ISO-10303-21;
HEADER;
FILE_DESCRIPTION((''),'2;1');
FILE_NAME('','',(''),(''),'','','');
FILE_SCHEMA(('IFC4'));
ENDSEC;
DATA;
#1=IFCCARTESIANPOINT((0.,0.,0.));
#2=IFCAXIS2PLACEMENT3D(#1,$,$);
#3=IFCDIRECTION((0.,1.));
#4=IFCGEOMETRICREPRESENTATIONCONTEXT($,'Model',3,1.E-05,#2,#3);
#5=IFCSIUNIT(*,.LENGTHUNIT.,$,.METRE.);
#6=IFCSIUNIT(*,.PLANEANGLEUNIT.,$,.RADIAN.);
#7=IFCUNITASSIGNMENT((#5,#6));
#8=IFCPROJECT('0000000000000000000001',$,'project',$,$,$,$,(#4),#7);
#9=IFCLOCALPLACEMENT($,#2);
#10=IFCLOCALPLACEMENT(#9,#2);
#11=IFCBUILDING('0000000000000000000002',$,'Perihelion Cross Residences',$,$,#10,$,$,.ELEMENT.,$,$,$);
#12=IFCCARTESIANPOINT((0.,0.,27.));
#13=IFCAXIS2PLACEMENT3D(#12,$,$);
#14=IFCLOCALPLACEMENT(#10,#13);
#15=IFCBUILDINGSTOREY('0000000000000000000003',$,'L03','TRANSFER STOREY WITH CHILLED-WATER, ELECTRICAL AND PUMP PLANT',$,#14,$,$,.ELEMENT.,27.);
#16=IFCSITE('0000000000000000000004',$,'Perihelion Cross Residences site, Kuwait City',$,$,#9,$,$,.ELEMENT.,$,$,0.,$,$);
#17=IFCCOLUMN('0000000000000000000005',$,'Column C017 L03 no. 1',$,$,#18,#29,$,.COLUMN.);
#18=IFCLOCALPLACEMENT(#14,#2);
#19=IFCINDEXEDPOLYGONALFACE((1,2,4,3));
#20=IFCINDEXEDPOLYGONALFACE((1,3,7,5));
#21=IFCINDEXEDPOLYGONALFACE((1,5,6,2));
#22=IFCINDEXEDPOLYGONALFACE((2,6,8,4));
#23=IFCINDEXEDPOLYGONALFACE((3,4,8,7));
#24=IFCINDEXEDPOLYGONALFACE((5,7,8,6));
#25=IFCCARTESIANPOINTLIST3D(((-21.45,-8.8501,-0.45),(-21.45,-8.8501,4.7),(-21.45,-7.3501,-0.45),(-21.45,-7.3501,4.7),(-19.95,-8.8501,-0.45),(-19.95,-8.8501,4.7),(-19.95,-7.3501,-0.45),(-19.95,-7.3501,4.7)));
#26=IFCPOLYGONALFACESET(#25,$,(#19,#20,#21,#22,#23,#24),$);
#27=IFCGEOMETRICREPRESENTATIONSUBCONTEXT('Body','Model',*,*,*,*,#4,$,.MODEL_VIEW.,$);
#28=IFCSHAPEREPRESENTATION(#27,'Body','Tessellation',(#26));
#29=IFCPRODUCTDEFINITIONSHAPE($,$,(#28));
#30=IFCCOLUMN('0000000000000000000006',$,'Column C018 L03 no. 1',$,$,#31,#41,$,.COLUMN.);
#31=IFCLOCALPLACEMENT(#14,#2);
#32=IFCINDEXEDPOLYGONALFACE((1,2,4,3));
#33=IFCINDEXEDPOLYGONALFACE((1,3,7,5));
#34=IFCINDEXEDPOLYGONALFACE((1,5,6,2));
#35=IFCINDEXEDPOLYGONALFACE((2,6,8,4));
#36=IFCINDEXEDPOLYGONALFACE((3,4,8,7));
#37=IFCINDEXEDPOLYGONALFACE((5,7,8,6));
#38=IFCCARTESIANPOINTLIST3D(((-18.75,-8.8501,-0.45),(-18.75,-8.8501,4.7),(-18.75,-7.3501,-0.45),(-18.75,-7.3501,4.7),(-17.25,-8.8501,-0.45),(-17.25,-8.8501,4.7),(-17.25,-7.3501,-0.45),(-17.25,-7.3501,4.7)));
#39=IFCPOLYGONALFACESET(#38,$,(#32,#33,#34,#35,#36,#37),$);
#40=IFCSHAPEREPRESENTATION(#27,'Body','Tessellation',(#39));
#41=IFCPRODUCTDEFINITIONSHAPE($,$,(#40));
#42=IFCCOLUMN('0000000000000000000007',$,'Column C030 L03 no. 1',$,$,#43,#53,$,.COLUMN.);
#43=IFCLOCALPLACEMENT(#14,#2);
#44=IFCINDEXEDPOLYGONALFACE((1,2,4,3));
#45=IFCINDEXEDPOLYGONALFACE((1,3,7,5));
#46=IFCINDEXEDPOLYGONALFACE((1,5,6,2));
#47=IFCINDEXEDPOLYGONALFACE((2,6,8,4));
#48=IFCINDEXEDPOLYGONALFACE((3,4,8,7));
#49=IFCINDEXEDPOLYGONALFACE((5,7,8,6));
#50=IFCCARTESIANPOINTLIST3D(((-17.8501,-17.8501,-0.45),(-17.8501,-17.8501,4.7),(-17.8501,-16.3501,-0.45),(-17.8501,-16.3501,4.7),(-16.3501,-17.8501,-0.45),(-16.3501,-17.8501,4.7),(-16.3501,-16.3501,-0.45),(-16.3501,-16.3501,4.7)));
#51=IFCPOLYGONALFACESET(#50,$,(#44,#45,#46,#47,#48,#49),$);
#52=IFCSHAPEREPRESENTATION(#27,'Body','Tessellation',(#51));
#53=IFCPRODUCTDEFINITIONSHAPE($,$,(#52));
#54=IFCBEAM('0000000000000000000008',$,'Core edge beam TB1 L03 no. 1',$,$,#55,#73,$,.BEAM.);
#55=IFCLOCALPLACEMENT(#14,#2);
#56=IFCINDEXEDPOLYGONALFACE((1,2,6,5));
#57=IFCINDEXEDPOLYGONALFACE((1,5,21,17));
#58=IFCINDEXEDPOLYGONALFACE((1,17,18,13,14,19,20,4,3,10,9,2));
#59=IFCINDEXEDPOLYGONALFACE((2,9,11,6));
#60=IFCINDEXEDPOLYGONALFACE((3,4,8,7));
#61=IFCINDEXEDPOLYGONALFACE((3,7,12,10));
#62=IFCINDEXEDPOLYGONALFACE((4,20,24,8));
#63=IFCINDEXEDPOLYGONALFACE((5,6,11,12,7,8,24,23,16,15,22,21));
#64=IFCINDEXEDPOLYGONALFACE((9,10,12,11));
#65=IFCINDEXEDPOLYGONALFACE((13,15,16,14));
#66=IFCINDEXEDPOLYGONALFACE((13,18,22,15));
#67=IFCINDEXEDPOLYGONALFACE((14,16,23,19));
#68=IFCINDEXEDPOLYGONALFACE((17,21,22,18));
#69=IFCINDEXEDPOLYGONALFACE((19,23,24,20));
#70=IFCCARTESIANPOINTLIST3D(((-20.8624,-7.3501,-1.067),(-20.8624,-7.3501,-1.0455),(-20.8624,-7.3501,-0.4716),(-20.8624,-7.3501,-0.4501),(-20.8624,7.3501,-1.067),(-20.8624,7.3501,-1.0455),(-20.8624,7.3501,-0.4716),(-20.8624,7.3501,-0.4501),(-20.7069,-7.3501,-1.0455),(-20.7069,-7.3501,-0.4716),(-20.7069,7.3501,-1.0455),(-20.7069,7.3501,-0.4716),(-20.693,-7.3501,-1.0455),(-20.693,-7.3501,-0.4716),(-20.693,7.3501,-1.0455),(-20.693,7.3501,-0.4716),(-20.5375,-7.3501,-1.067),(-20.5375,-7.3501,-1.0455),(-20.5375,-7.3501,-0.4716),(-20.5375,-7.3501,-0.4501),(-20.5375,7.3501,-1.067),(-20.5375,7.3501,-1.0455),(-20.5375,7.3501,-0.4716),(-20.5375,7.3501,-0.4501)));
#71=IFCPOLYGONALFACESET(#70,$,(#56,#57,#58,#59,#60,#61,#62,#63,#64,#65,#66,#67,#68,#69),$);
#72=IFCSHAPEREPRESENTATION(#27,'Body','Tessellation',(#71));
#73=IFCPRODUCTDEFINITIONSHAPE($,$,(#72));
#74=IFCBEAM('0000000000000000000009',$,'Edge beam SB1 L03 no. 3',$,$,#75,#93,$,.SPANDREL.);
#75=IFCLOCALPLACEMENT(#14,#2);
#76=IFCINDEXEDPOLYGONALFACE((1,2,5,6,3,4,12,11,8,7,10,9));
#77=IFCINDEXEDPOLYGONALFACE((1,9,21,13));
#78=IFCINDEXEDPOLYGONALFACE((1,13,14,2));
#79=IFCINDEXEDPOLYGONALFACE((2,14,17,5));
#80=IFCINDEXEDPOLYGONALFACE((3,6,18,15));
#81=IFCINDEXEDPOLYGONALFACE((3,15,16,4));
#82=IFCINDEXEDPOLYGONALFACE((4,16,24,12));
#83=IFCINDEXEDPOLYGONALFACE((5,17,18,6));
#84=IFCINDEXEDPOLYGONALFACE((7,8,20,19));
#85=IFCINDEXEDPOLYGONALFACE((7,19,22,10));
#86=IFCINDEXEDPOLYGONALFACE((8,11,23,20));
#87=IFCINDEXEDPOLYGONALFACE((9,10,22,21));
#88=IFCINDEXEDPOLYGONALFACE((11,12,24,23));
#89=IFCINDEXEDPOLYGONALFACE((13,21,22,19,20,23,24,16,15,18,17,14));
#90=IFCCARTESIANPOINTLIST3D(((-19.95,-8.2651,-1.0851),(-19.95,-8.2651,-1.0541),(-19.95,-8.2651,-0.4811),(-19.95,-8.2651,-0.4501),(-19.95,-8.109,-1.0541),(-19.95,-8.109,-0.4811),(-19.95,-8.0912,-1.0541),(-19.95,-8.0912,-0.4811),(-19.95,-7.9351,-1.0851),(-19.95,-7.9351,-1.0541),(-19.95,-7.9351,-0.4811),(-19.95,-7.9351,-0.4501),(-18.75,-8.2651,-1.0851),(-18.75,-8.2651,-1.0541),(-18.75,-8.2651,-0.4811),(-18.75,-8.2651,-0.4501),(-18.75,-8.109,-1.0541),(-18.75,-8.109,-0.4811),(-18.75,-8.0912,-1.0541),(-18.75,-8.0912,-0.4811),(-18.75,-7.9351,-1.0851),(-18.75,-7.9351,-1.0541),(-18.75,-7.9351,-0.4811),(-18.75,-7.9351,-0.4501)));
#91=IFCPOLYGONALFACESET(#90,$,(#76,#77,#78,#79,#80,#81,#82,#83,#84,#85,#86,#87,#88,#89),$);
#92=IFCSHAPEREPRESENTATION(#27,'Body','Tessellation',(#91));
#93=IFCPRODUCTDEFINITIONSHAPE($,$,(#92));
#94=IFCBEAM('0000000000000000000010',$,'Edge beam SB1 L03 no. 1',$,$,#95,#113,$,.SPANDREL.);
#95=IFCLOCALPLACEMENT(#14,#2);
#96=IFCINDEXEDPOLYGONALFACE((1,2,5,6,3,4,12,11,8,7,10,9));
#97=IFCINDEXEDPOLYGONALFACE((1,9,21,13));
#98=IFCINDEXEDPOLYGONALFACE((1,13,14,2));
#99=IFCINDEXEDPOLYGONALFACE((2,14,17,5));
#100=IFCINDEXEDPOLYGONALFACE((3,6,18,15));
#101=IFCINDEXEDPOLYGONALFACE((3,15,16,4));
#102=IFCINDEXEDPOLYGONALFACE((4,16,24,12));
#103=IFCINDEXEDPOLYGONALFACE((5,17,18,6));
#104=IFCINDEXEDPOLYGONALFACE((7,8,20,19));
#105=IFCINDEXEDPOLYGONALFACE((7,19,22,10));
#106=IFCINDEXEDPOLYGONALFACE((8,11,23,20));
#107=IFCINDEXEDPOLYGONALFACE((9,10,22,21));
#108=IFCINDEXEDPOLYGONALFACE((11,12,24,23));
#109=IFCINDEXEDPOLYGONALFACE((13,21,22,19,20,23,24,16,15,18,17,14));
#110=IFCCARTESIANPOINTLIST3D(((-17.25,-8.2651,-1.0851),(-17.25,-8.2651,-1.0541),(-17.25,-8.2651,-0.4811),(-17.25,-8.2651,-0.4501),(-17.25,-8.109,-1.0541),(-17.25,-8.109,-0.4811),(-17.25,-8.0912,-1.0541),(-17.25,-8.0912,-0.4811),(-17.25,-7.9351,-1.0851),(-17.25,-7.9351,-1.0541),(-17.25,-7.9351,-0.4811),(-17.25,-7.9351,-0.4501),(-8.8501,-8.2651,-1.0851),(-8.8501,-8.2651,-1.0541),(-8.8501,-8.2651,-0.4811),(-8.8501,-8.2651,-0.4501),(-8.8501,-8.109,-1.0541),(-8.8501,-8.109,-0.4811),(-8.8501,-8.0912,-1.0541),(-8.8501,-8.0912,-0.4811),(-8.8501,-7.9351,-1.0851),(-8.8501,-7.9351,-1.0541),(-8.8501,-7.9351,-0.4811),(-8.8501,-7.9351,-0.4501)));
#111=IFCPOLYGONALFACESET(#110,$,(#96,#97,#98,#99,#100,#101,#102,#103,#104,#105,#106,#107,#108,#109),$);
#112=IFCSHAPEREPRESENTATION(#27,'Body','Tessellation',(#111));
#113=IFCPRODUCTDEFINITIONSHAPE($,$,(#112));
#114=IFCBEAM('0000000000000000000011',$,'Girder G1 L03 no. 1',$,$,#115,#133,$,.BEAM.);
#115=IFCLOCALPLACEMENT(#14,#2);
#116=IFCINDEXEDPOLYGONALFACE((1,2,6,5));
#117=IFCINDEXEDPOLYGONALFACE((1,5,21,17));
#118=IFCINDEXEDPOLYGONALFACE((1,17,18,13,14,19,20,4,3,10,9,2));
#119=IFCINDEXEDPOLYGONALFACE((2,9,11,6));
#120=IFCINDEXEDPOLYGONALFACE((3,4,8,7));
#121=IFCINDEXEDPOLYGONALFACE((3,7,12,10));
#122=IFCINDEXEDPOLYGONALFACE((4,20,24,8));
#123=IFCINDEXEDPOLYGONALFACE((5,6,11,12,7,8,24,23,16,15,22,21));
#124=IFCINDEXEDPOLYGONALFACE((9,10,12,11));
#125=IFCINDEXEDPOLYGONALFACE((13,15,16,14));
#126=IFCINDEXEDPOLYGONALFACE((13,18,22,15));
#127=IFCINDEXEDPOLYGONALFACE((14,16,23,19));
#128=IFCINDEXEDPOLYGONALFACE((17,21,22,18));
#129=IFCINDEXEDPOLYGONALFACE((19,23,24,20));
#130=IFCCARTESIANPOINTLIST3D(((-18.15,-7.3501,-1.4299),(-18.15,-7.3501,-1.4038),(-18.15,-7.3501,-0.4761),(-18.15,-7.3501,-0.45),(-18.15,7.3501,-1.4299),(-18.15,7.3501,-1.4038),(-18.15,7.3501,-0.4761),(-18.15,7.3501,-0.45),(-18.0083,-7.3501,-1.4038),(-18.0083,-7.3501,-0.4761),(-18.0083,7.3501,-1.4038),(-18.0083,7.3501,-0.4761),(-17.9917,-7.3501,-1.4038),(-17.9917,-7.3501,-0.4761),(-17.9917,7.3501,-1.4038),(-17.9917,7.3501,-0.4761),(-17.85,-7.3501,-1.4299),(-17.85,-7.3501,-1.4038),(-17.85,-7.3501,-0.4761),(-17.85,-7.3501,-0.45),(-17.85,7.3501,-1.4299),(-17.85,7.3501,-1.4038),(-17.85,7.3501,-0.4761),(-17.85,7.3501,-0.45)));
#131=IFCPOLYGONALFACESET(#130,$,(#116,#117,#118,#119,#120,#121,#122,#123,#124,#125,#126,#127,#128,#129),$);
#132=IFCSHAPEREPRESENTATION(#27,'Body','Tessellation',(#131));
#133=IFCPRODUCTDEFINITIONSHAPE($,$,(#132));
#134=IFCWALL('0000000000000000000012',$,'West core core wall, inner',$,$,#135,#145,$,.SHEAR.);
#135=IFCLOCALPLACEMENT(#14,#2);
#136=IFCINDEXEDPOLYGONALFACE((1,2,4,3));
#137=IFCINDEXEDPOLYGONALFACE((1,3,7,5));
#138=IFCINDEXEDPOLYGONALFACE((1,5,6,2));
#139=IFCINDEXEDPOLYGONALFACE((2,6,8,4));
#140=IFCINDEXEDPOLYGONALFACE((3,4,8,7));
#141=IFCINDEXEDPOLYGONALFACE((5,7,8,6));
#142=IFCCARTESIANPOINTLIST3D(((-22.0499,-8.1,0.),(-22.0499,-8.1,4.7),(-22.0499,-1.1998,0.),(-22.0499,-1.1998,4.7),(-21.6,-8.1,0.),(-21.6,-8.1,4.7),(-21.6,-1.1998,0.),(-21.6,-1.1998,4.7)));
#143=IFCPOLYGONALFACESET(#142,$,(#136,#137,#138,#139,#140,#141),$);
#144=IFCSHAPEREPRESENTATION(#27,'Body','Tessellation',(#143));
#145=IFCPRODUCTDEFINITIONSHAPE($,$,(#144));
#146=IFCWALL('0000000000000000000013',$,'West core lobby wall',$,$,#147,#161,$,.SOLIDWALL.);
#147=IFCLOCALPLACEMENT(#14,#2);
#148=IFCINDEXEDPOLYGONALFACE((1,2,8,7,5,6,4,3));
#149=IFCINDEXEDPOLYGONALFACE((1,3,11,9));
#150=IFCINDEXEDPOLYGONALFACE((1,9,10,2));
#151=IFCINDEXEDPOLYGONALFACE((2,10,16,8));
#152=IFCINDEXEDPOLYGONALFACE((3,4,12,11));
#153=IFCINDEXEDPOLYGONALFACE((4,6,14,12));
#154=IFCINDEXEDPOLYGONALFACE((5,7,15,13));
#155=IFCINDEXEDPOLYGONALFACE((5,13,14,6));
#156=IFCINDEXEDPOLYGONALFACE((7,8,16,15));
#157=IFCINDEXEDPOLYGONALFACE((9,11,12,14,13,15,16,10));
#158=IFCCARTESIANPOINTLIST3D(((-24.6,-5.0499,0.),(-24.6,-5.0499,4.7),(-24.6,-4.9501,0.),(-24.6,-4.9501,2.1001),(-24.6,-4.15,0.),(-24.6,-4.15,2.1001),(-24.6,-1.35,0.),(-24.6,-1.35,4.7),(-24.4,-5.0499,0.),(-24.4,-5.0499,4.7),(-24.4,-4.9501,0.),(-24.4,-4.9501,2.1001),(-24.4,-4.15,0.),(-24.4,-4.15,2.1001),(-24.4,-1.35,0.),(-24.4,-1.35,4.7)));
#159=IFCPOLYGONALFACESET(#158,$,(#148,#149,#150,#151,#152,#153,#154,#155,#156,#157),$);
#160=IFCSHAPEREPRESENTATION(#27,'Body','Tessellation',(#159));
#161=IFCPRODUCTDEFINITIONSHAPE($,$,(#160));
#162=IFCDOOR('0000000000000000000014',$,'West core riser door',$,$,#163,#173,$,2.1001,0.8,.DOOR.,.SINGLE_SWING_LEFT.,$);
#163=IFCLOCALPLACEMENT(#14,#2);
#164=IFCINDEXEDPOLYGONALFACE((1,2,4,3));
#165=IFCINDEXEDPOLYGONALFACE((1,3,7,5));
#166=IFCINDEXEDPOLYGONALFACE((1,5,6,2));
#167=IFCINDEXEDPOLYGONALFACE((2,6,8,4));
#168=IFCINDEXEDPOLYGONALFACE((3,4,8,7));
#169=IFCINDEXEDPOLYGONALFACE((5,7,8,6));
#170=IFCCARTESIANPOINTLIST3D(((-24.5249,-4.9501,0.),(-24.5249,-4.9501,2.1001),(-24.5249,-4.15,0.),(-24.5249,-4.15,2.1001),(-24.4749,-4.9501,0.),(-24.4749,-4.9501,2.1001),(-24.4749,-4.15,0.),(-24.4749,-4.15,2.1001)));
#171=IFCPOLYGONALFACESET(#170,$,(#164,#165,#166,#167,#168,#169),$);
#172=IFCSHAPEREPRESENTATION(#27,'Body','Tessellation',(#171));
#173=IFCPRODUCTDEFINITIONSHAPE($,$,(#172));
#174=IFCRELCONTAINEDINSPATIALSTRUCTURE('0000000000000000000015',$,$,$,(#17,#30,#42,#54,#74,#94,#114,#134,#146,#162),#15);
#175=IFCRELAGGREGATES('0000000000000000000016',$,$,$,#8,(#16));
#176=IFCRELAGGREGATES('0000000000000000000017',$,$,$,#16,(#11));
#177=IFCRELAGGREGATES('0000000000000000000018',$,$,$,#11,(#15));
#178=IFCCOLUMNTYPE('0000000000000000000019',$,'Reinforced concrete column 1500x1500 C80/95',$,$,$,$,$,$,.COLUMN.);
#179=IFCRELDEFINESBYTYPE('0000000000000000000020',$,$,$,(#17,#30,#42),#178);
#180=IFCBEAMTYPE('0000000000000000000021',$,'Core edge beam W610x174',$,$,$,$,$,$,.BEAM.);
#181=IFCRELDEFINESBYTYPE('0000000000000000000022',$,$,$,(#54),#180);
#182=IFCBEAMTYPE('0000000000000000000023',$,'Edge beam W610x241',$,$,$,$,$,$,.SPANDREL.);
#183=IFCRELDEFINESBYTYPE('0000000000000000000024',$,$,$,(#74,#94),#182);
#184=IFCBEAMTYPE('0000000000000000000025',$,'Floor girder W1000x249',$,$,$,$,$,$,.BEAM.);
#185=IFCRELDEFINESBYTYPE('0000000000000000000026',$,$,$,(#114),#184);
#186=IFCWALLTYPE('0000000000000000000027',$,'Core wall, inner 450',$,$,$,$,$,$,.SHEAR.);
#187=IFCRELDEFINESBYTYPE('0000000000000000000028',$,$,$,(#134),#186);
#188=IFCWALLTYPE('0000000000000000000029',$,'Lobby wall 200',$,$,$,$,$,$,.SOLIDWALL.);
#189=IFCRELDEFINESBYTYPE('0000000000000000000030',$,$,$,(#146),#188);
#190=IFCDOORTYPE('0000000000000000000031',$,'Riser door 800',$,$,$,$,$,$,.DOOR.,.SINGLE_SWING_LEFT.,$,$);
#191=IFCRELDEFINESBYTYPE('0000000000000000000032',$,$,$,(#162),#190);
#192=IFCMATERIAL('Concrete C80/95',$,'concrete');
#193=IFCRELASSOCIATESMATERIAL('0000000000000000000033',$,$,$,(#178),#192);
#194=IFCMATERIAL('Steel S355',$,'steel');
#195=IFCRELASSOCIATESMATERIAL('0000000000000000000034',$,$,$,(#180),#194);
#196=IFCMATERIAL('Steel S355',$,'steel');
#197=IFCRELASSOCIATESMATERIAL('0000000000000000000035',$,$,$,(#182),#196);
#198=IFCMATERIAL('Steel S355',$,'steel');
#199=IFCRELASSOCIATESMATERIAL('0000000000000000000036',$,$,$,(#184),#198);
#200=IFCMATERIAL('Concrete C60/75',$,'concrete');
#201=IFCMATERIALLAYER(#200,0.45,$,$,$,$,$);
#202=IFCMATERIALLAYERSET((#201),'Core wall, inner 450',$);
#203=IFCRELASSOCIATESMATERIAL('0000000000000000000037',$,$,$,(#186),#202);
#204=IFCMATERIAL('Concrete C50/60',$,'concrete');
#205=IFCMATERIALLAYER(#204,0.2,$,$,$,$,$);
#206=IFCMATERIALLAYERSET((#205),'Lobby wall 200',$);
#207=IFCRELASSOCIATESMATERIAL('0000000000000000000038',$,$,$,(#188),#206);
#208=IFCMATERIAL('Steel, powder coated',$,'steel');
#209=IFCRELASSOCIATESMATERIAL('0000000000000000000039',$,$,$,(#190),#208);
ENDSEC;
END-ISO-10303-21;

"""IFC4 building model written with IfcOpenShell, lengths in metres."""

from ifc_helpers import new_model, si_unit, direction, frame, frame_2d, origin, origin_2d, place, context, subcontext, project, spatial, rectangle, i_section, extrude, material, layer, layer_set, material_profile, profile_set, type_object, element, fill, save


model = new_model("IFC4")

# Units and contexts
model_context = context("Model", 3, precision=1e-05, world=origin(), true_north=direction((0.0, 1.0)))
body_context = subcontext(model_context, "Body", "Model", "MODEL_VIEW")
ifc_project = project(units=[si_unit("LENGTHUNIT", "METRE"), si_unit("PLANEANGLEUNIT", "RADIAN")], contexts=[model_context])

# Site, building, storey
site_placement = place(None, origin())
site = spatial("IfcSite", under=ifc_project, at=site_placement, Name="Perihelion Cross Residences site, Kuwait City", CompositionType="ELEMENT", RefElevation=0.0)
building_placement = place(site_placement, origin())
building = spatial("IfcBuilding", under=site, at=building_placement, Name="Perihelion Cross Residences", CompositionType="ELEMENT")
storey_placement = place(building_placement, frame((0.0, 0.0, 27.0)))
storey = spatial("IfcBuildingStorey", under=building, at=storey_placement, Name="L03", Description="TRANSFER STOREY WITH CHILLED-WATER, ELECTRICAL AND PUMP PLANT", CompositionType="ELEMENT", Elevation=27.0)

# Columns
ifc_material_1 = material(Name="Concrete C80/95", Category="concrete")
ifc_material_profile_1 = material_profile(ifc_material_1, rectangle(XDim=1.5, YDim=1.5, at=origin_2d()), Name="RC 1500x1500")
ifc_profile_set_1 = profile_set([ifc_material_profile_1], Name="Concrete C80/95")
column_type = type_object("IfcColumnType", Name="Reinforced concrete column 1500x1500 C80/95", PredefinedType="COLUMN", material=ifc_profile_set_1)
for number, where, z_axis, x_axis, name in (
    (1, (-20.7, -8.1001, -0.45), (0.0, 0.0, 1.0), (1.0, 0.0, 0.0), "Column C017 L03 no. 1"),
    (2, (-18.0, -8.1001, -0.45), (0.0, 0.0, 1.0), (1.0, 0.0, 0.0), "Column C018 L03 no. 1"),
    (3, (-17.1001, -17.1001, -0.45), (0.0, 0.0, 1.0), (1.0, 0.0, 0.0), "Column C030 L03 no. 1"),
):
    element("IfcColumn", number, at=place(storey_placement, frame(where, z_axis=z_axis, x_axis=x_axis)), inside=storey, type_object=column_type, Name=name, PredefinedType="COLUMN", context=body_context, shape_type="SweptSolid", body=[
        extrude(rectangle(XDim=1.5, YDim=1.5, at=origin_2d()), origin(), (0.0, 0.0, 1.0), 5.1499),
    ])

# Beams
ifc_material_2 = material(Name="Steel S355", Category="steel")
ifc_material_profile_2 = material_profile(ifc_material_2, i_section(OverallWidth=0.325, OverallDepth=0.6169, WebThickness=0.0139, FlangeThickness=0.0215, at=origin_2d()), Name="W610x174")
ifc_profile_set_2 = profile_set([ifc_material_profile_2], Name="Steel S355")
beam_type_1 = type_object("IfcBeamType", Name="Core edge beam W610x174", PredefinedType="BEAM", material=ifc_profile_set_2)
beam_1_placement = place(storey_placement, frame((-20.7, -7.3501, -0.7585), z_axis=(0.0, 1.0, 0.0), x_axis=(-1.0, 0.0, 0.0)))
element("IfcBeam", 4, at=beam_1_placement, inside=storey, type_object=beam_type_1, Name="Core edge beam TB1 L03 no. 1", PredefinedType="BEAM", context=body_context, shape_type="SweptSolid", body=[
    extrude(i_section(OverallWidth=0.325, OverallDepth=0.6169, WebThickness=0.0139, FlangeThickness=0.0215, at=origin_2d()), origin(), (0.0, 0.0, 1.0), 14.7002),
])
ifc_material_3 = material(Name="Steel S355", Category="steel")
ifc_material_profile_3 = material_profile(ifc_material_3, i_section(OverallWidth=0.3301, OverallDepth=0.635, WebThickness=0.0178, FlangeThickness=0.031, at=origin_2d()), Name="W610x241")
ifc_profile_set_3 = profile_set([ifc_material_profile_3], Name="Steel S355")
beam_type_2 = type_object("IfcBeamType", Name="Edge beam W610x241", PredefinedType="SPANDREL", material=ifc_profile_set_3)
beam_2_placement = place(storey_placement, frame((-19.95, -8.1001, -0.7676), z_axis=(1.0, 0.0, 0.0), x_axis=(0.0, 1.0, 0.0)))
element("IfcBeam", 5, at=beam_2_placement, inside=storey, type_object=beam_type_2, Name="Edge beam SB1 L03 no. 3", PredefinedType="SPANDREL", context=body_context, shape_type="SweptSolid", body=[
    extrude(i_section(OverallWidth=0.3301, OverallDepth=0.635, WebThickness=0.0178, FlangeThickness=0.031, at=origin_2d()), origin(), (0.0, 0.0, 1.0), 1.2),
])
beam_3_placement = place(storey_placement, frame((-17.25, -8.1001, -0.7676), z_axis=(1.0, 0.0, 0.0), x_axis=(0.0, 1.0, 0.0)))
element("IfcBeam", 6, at=beam_3_placement, inside=storey, type_object=beam_type_2, Name="Edge beam SB1 L03 no. 1", PredefinedType="SPANDREL", context=body_context, shape_type="SweptSolid", body=[
    extrude(i_section(OverallWidth=0.3301, OverallDepth=0.635, WebThickness=0.0178, FlangeThickness=0.031, at=origin_2d()), origin(), (0.0, 0.0, 1.0), 8.3999),
])
ifc_material_4 = material(Name="Steel S355", Category="steel")
ifc_material_profile_4 = material_profile(ifc_material_4, i_section(OverallWidth=0.3, OverallDepth=0.98, WebThickness=0.0166, FlangeThickness=0.0261, at=origin_2d()), Name="W1000x249")
ifc_profile_set_4 = profile_set([ifc_material_profile_4], Name="Steel S355")
beam_type_3 = type_object("IfcBeamType", Name="Floor girder W1000x249", PredefinedType="BEAM", material=ifc_profile_set_4)
beam_4_placement = place(storey_placement, frame((-18.0, -7.3501, -0.9399), z_axis=(0.0, 1.0, 0.0), x_axis=(-1.0, 0.0, 0.0)))
element("IfcBeam", 7, at=beam_4_placement, inside=storey, type_object=beam_type_3, Name="Girder G1 L03 no. 1", PredefinedType="BEAM", context=body_context, shape_type="SweptSolid", body=[
    extrude(i_section(OverallWidth=0.3, OverallDepth=0.98, WebThickness=0.0166, FlangeThickness=0.0261, at=origin_2d()), origin(), (0.0, 0.0, 1.0), 14.7002),
])

# Wall
ifc_material_5 = material(Name="Concrete C60/75", Category="concrete")
ifc_layer_1 = layer(ifc_material_5, 0.45)
ifc_layer_set_1 = layer_set([ifc_layer_1], Name="Core wall, inner 450")
wall_type_1 = type_object("IfcWallType", Name="Core wall, inner 450", PredefinedType="SHEAR", material=ifc_layer_set_1)
wall_1_placement = place(storey_placement, frame((-21.825, -8.1001, 0.0), z_axis=(0.0, 0.0, 1.0), x_axis=(0.0, 1.0, 0.0)))
element("IfcWall", 8, at=wall_1_placement, inside=storey, type_object=wall_type_1, Name="West core core wall, inner", PredefinedType="SHEAR", context=body_context, shape_type="SweptSolid", body=[
    extrude(rectangle(XDim=6.9001, YDim=0.45, at=frame_2d((3.4502, 0.0))), origin(), (0.0, 0.0, 1.0), 4.7),
])

# Wall, opening, door
ifc_material_6 = material(Name="Concrete C50/60", Category="concrete")
ifc_layer_2 = layer(ifc_material_6, 0.2)
ifc_layer_set_2 = layer_set([ifc_layer_2], Name="Lobby wall 200")
wall_type_2 = type_object("IfcWallType", Name="Lobby wall 200", PredefinedType="SOLIDWALL", material=ifc_layer_set_2)
wall_2_placement = place(storey_placement, frame((-24.5, -5.05, 0.0), z_axis=(0.0, 0.0, 1.0), x_axis=(0.0, 1.0, 0.0)))
wall_2 = element("IfcWall", 9, at=wall_2_placement, inside=storey, type_object=wall_type_2, Name="West core lobby wall", PredefinedType="SOLIDWALL", context=body_context, shape_type="SweptSolid", body=[
    extrude(rectangle(XDim=3.7, YDim=0.2, at=frame_2d((1.8501, 0.0))), origin(), (0.0, 0.0, 1.0), 4.7),
])
opening_1_placement = place(wall_2_placement, frame((0.1001, 0.0, 0.0)))
opening_1 = element("IfcOpeningElement", 10, at=opening_1_placement, cuts=wall_2, PredefinedType="OPENING", context=body_context, shape_type="SweptSolid", body=[
    extrude(rectangle(XDim=0.8, YDim=2.1001, at=frame_2d((0.3999, 1.05))), frame((0.0, 0.1099, 0.0), z_axis=(0.0, -1.0, 0.0), x_axis=(1.0, 0.0, 0.0)), (0.0, 0.0, 1.0), 0.22),
])
ifc_material_7 = material(Name="Steel, powder coated", Category="steel")
door_type = type_object("IfcDoorType", Name="Riser door 800", OperationType="SINGLE_SWING_LEFT", PredefinedType="DOOR", material=ifc_material_7)
door_placement = place(opening_1_placement, origin())
door = element("IfcDoor", 11, at=door_placement, inside=storey, type_object=door_type, Name="West core riser door", OperationType="SINGLE_SWING_LEFT", OverallHeight=2.1001, OverallWidth=0.8, PredefinedType="DOOR", context=body_context, shape_type="SweptSolid", body=[
    extrude(rectangle(XDim=0.8, YDim=2.1001, at=frame_2d((0.3999, 1.05))), frame((0.0, 0.0249, 0.0), z_axis=(0.0, -1.0, 0.0), x_axis=(1.0, 0.0, 0.0)), (0.0, 0.0, 1.0), 0.05),
])
fill(opening_1, door)

save(model, "model.ifc")
